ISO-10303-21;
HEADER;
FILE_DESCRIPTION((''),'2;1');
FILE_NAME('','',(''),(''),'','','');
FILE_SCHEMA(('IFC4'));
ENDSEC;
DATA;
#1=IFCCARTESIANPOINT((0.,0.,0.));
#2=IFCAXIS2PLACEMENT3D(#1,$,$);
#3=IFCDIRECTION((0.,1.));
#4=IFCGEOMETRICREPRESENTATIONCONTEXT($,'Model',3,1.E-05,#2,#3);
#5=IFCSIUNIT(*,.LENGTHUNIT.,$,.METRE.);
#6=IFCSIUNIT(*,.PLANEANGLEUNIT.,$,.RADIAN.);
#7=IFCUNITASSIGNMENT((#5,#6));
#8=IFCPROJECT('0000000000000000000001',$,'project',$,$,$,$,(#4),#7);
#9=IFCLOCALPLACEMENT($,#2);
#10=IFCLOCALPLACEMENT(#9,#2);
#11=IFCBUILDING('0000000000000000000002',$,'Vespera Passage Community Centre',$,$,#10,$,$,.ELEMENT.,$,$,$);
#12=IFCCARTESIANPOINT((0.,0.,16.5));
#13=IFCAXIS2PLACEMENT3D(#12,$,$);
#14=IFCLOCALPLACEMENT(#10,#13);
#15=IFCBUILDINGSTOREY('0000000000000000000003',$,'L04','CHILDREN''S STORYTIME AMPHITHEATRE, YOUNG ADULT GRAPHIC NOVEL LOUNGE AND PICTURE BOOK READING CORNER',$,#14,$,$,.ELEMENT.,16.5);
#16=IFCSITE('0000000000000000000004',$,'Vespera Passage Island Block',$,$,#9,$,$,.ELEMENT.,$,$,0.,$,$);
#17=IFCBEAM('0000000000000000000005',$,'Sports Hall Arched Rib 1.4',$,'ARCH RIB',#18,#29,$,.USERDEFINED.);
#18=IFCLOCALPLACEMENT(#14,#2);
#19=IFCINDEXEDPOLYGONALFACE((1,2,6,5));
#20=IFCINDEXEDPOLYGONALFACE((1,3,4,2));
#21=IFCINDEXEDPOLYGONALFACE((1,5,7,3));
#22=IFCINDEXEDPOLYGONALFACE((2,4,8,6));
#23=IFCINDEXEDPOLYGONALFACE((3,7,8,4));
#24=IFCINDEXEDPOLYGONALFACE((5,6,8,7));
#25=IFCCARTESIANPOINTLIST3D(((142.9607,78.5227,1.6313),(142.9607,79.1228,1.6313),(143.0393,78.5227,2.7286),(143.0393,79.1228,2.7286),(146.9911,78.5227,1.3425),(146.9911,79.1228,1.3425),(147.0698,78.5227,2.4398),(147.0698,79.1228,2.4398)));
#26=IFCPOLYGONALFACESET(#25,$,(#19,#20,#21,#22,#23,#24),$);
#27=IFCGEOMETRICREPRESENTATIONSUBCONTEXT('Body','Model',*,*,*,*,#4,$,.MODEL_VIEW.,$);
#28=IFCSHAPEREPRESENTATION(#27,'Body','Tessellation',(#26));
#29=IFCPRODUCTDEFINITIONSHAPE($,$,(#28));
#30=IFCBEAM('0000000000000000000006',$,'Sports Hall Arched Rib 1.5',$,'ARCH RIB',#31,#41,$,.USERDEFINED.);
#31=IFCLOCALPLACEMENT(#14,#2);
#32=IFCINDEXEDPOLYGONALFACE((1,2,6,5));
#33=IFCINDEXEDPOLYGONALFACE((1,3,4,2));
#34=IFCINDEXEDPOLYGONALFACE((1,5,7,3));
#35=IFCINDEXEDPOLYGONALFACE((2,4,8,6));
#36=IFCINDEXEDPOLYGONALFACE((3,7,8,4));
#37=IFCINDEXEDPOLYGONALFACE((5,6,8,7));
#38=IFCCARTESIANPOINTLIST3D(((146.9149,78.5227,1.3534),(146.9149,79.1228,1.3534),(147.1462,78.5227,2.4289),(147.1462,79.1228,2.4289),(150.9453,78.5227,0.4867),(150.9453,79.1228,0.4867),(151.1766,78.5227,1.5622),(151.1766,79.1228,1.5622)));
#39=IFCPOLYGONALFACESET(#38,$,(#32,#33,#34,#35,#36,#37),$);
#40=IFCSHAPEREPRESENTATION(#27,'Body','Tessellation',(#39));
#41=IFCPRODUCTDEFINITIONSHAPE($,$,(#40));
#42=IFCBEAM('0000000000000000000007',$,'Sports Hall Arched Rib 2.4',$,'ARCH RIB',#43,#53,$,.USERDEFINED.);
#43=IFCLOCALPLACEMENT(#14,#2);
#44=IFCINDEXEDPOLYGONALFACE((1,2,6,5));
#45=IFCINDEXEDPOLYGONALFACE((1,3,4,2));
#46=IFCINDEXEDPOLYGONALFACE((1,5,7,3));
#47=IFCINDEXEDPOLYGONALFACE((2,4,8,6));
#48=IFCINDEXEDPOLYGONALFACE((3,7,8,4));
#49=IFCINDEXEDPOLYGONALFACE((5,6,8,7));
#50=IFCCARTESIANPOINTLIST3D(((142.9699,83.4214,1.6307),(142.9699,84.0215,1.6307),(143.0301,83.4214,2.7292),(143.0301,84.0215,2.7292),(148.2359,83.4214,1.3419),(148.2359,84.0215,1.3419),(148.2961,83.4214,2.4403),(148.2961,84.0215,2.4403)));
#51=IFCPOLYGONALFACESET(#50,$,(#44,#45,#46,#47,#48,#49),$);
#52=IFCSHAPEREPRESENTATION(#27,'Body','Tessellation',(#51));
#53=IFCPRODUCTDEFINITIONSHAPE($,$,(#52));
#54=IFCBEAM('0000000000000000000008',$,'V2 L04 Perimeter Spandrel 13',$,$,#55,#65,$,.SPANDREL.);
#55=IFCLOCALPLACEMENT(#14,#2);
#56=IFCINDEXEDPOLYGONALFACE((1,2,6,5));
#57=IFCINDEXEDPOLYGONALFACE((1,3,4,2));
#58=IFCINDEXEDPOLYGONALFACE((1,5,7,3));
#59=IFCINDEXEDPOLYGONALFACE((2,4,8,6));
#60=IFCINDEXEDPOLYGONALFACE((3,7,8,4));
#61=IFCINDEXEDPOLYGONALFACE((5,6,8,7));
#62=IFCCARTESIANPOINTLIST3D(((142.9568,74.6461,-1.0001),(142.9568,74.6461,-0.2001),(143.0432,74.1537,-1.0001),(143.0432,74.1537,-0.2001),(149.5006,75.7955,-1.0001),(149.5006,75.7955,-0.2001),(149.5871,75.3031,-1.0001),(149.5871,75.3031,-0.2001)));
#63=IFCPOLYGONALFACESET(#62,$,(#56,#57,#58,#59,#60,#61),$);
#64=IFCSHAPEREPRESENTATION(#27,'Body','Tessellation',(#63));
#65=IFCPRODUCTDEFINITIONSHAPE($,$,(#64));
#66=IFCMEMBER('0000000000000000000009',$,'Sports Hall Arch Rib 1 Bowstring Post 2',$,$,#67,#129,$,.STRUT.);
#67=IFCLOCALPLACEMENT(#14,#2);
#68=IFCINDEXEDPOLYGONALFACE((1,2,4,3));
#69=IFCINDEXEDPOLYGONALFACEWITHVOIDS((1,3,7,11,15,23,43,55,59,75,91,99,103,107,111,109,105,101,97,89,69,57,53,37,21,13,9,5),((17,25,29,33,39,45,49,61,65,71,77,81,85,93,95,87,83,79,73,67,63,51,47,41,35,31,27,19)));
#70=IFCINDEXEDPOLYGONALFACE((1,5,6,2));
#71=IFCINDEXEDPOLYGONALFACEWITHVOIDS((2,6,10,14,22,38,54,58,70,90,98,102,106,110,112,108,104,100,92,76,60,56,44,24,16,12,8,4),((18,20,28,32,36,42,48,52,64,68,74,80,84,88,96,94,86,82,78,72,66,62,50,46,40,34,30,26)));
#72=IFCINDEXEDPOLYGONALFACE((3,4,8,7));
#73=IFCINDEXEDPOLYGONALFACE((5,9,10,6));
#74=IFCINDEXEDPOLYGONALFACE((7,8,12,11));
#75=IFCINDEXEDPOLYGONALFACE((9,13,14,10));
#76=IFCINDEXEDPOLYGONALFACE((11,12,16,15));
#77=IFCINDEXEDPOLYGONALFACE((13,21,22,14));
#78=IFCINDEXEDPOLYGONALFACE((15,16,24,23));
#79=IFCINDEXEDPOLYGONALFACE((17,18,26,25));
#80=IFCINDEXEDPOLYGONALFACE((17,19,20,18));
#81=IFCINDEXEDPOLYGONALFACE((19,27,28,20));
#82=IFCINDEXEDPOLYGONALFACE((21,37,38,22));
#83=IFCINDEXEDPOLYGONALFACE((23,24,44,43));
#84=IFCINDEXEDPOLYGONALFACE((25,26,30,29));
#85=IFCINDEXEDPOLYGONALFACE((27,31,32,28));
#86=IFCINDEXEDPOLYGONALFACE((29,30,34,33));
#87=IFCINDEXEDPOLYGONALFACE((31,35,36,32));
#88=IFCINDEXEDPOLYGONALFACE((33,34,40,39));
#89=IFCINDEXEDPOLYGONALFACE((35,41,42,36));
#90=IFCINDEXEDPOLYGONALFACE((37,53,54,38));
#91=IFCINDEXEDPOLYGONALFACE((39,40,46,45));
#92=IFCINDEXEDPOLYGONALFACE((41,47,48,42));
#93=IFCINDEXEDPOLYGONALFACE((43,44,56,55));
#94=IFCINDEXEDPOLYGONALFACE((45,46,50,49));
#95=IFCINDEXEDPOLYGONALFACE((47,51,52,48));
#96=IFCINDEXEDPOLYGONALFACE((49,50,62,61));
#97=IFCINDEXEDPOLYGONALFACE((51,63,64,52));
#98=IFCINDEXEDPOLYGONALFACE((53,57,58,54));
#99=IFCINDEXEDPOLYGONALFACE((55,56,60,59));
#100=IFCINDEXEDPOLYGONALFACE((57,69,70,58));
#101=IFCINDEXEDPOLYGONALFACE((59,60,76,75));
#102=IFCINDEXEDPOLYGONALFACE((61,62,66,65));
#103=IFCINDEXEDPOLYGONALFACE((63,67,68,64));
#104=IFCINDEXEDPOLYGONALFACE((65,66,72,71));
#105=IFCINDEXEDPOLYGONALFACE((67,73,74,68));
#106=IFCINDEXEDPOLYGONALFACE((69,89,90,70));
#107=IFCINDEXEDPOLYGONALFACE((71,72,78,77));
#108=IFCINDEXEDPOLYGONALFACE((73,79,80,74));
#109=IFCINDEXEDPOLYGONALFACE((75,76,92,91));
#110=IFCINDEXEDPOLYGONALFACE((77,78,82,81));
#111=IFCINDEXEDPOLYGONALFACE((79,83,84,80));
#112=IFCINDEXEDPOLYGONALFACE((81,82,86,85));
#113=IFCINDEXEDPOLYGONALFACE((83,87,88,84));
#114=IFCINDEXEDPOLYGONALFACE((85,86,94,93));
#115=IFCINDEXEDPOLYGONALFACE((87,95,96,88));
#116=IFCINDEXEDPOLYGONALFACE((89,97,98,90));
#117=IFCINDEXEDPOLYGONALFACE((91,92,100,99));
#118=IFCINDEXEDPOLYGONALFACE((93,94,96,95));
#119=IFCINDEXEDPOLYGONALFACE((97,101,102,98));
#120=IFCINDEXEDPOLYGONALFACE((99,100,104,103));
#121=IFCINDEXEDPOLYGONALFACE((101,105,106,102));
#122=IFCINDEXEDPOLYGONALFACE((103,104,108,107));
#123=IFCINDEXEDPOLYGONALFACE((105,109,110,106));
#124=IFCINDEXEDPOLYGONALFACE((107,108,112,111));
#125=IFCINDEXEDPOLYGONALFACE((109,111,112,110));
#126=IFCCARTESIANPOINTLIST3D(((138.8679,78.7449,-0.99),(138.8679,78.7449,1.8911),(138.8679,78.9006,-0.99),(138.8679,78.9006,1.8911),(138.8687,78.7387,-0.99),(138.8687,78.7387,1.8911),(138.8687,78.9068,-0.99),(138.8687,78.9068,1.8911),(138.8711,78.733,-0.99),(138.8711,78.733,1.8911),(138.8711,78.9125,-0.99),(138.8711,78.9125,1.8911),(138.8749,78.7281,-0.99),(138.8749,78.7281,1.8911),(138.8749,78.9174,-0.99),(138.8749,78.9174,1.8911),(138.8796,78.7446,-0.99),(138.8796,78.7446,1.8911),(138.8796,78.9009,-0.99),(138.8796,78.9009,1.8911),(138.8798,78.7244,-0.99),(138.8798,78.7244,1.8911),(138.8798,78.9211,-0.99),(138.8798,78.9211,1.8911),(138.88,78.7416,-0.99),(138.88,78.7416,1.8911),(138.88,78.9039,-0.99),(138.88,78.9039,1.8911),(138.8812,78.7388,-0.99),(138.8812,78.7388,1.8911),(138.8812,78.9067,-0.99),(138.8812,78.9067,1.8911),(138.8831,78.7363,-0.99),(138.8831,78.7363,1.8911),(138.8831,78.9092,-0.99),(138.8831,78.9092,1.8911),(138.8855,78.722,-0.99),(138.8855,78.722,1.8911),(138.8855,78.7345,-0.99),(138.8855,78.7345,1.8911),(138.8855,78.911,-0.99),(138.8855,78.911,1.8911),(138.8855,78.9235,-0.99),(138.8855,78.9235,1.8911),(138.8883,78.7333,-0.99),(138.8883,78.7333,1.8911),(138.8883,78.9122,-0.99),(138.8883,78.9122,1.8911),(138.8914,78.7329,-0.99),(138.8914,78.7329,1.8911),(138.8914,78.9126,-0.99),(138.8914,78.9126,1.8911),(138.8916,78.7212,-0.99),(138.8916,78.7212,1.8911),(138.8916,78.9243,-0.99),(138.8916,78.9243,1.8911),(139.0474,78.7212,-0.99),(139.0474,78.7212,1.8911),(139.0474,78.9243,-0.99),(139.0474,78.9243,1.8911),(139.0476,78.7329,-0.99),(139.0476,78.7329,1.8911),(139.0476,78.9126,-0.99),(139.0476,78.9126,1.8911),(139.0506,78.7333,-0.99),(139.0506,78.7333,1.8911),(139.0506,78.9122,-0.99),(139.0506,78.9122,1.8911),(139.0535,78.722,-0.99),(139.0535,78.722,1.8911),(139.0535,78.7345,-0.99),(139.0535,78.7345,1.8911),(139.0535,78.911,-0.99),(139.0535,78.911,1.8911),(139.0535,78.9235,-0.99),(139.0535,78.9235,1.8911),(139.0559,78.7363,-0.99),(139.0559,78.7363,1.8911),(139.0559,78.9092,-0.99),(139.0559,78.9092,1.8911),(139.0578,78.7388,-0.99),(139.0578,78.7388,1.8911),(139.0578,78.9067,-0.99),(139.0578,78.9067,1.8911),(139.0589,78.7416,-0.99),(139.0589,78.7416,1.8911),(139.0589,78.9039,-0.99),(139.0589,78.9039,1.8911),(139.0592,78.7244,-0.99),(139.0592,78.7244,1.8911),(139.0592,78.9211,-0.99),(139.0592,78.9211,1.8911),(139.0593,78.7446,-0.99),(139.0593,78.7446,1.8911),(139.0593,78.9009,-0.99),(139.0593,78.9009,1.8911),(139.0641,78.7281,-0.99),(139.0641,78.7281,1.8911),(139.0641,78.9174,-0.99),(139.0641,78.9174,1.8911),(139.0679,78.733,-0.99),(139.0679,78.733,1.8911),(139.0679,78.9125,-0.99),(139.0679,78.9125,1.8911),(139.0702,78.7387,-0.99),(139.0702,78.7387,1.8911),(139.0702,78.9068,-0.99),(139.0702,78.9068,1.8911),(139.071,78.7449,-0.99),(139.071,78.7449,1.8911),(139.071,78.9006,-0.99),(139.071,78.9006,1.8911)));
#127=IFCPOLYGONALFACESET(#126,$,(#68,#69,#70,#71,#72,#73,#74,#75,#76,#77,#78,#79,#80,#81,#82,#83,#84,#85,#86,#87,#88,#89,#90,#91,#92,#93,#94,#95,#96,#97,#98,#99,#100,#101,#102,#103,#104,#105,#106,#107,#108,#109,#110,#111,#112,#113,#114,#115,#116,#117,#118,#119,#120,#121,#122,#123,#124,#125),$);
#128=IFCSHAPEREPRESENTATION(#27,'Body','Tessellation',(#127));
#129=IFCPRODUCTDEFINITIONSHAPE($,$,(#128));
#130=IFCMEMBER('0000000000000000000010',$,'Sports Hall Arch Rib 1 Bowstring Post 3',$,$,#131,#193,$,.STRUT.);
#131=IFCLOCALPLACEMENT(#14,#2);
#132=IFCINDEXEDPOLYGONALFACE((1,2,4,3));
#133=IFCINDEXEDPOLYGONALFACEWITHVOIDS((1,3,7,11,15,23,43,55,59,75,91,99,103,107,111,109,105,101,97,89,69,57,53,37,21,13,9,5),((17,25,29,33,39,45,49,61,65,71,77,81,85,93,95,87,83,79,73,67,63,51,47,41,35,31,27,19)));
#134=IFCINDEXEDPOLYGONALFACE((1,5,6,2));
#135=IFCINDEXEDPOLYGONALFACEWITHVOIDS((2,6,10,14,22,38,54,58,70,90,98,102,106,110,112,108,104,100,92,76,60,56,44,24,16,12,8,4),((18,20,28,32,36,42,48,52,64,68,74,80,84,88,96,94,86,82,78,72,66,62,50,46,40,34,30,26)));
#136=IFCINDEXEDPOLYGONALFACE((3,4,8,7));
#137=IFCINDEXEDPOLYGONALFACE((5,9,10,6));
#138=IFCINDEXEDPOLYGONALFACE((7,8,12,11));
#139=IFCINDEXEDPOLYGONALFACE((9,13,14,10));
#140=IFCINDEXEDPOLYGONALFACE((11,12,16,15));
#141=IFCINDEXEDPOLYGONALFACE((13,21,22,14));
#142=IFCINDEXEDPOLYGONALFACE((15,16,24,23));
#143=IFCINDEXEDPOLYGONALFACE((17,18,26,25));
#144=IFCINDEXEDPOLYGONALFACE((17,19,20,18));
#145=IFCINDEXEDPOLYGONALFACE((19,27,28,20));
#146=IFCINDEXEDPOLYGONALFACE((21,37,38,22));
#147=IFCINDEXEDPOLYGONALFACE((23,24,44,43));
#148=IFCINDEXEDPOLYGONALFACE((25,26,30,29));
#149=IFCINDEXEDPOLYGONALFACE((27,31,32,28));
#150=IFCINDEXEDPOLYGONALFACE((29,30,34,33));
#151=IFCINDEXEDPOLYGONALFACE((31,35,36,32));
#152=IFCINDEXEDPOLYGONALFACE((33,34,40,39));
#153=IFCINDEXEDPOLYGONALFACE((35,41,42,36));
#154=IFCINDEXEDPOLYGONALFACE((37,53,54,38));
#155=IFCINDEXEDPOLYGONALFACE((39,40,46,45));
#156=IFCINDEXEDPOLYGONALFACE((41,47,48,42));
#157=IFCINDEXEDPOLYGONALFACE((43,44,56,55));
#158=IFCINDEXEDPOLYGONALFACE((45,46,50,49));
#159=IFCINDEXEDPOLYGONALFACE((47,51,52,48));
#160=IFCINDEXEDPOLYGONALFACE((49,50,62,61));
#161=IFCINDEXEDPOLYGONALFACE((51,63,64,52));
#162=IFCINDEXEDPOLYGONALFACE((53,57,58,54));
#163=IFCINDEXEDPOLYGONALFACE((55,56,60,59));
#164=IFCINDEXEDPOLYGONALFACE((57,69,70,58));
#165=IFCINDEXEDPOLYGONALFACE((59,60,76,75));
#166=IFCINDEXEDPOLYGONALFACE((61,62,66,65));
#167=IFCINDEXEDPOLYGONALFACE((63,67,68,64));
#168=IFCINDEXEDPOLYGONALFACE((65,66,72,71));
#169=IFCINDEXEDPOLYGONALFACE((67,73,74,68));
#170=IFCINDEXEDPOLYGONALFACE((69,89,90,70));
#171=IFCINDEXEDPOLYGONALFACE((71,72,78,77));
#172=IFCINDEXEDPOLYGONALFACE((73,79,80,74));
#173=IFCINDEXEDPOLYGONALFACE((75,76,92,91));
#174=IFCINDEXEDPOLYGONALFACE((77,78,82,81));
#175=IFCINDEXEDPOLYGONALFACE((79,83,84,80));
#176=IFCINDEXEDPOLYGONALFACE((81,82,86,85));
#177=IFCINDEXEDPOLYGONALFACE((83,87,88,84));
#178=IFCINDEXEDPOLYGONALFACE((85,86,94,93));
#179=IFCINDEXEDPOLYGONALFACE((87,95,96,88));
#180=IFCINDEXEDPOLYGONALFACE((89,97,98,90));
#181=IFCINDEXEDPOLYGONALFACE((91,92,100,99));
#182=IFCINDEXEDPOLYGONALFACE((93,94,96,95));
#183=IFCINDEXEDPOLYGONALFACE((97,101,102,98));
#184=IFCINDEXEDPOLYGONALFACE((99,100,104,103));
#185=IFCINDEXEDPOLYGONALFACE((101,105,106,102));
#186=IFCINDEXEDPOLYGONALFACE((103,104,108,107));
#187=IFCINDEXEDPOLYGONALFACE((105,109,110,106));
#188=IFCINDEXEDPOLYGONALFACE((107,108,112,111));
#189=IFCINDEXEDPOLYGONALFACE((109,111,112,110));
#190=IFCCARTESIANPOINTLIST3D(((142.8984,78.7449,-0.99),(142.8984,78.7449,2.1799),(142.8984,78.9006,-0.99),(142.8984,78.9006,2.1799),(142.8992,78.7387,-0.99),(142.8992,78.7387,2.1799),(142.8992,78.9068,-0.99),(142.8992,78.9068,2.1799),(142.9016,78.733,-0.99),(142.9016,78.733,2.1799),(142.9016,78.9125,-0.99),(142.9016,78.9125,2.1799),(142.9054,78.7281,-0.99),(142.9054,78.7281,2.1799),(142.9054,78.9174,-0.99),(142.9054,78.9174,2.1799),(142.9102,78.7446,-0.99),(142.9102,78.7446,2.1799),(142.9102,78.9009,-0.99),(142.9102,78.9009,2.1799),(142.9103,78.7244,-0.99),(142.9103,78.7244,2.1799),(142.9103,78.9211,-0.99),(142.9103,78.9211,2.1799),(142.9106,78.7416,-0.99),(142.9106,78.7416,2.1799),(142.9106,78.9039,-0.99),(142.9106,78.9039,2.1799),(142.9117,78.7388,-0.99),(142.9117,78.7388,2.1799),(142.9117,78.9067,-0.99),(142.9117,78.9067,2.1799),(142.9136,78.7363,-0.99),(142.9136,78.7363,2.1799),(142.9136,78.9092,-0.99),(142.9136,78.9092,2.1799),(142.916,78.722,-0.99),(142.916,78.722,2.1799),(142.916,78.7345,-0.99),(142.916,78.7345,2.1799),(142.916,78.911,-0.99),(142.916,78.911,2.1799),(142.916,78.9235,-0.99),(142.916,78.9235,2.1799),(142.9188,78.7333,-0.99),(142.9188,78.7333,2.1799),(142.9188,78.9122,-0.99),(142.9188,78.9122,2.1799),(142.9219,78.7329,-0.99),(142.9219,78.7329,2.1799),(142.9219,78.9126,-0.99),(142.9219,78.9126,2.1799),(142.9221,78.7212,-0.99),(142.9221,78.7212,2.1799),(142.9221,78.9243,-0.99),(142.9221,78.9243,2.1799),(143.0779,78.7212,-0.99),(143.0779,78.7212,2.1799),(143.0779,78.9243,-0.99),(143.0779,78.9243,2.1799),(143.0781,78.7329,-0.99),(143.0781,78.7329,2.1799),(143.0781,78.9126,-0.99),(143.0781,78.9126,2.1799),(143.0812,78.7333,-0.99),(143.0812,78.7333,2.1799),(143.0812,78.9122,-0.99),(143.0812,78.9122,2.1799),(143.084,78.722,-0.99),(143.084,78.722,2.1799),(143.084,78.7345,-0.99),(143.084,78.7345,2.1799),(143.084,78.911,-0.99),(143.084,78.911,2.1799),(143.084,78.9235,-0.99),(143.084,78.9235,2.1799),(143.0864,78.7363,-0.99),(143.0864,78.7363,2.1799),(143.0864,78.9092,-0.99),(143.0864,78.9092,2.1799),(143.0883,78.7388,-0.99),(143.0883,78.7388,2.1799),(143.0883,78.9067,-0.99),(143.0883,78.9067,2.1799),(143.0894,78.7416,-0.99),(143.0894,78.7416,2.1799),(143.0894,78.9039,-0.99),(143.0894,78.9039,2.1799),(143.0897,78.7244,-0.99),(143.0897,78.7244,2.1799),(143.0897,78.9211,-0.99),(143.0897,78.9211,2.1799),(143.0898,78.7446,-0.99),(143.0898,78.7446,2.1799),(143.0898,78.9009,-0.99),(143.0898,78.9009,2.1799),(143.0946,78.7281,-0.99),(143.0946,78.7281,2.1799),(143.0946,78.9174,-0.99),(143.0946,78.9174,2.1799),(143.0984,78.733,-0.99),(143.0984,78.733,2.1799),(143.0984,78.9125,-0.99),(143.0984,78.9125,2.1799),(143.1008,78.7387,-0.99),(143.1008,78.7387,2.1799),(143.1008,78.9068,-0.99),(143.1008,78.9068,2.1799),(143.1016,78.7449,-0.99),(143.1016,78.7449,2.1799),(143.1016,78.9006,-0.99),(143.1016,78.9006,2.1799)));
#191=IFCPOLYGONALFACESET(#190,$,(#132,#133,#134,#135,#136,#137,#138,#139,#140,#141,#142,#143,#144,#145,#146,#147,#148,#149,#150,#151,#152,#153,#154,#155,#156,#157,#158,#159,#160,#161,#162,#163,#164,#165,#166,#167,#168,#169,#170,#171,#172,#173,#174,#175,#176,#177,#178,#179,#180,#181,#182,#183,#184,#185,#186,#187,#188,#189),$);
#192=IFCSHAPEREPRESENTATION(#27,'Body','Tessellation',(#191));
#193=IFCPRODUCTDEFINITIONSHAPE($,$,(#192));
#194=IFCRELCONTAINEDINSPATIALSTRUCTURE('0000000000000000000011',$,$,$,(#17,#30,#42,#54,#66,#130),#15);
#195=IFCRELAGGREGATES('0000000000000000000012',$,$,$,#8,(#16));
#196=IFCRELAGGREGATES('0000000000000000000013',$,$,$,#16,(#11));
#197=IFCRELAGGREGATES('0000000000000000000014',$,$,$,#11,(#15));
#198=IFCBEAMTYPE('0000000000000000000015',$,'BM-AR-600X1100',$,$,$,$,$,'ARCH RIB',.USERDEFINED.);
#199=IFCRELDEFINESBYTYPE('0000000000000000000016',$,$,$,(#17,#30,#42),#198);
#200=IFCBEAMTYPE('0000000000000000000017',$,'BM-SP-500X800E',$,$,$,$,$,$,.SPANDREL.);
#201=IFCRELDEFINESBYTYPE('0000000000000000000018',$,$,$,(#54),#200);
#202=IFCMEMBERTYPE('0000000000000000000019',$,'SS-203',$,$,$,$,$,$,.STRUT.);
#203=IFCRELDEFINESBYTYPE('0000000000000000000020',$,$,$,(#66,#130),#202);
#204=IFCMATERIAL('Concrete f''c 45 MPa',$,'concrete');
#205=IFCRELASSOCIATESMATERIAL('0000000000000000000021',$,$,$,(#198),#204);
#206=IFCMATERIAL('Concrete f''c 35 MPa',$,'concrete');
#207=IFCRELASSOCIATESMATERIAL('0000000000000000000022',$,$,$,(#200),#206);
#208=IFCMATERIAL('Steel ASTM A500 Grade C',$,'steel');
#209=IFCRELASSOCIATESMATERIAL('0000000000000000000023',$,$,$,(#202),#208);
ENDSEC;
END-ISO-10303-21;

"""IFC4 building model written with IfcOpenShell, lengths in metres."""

from ifc_helpers import new_model, si_unit, direction, frame, origin, origin_2d, place, context, subcontext, project, spatial, rectangle, hollow_rectangle, extrude, material, material_profile, profile_set, type_object, element, save


model = new_model("IFC4")

# Units and contexts
model_context = context("Model", 3, precision=1e-05, world=origin(), true_north=direction((0.0, 1.0)))
body_context = subcontext(model_context, "Body", "Model", "MODEL_VIEW")
ifc_project = project(units=[si_unit("LENGTHUNIT", "METRE"), si_unit("PLANEANGLEUNIT", "RADIAN")], contexts=[model_context])

# Site, building, storey
site_placement = place(None, origin())
site = spatial("IfcSite", under=ifc_project, at=site_placement, Name="Vespera Passage Island Block", CompositionType="ELEMENT", RefElevation=0.0)
building_placement = place(site_placement, origin())
building = spatial("IfcBuilding", under=site, at=building_placement, Name="Vespera Passage Community Centre", CompositionType="ELEMENT")
storey_placement = place(building_placement, frame((0.0, 0.0, 16.5)))
storey = spatial("IfcBuildingStorey", under=building, at=storey_placement, Name="L04", Description="CHILDREN'S STORYTIME AMPHITHEATRE, YOUNG ADULT GRAPHIC NOVEL LOUNGE AND PICTURE BOOK READING CORNER", CompositionType="ELEMENT", Elevation=16.5)

# Beams
ifc_material_1 = material(Name="Concrete f'c 45 MPa", Category="concrete")
ifc_material_profile_1 = material_profile(ifc_material_1, rectangle(XDim=0.6001, YDim=1.1001, at=origin_2d()), Name="RC600X1100")
ifc_profile_set_1 = profile_set([ifc_material_profile_1], Name="Concrete f'c 45 MPa")
beam_type_1 = type_object("IfcBeamType", Name="BM-AR-600X1100", ElementType="ARCH RIB", PredefinedType="USERDEFINED", material=ifc_profile_set_1)
beam_1_placement = place(storey_placement, frame((143.0, 78.8228, 2.1799), z_axis=(0.997442, 0.0, -0.071475), x_axis=(0.0, 1.0, 0.0)))
element("IfcBeam", 1, at=beam_1_placement, inside=storey, type_object=beam_type_1, Name="Sports Hall Arched Rib 1.4", ObjectType="ARCH RIB", PredefinedType="USERDEFINED", context=body_context, shape_type="SweptSolid", body=[
    extrude(rectangle(XDim=0.6001, YDim=1.1001, at=origin_2d()), origin(), (0.0, 0.0, 1.0), 4.0408),
])
beam_2_placement = place(storey_placement, frame((147.0305, 78.8228, 1.8911), z_axis=(0.977652, 0.0, -0.210229), x_axis=(0.0, 1.0, 0.0)))
element("IfcBeam", 2, at=beam_2_placement, inside=storey, type_object=beam_type_1, Name="Sports Hall Arched Rib 1.5", ObjectType="ARCH RIB", PredefinedType="USERDEFINED", context=body_context, shape_type="SweptSolid", body=[
    extrude(rectangle(XDim=0.6001, YDim=1.1001, at=origin_2d()), origin(), (0.0, 0.0, 1.0), 4.1226),
])
beam_3_placement = place(storey_placement, frame((143.0, 83.7214, 2.1799), z_axis=(0.998499, 0.0, -0.054762), x_axis=(0.0, 1.0, 0.0)))
element("IfcBeam", 3, at=beam_3_placement, inside=storey, type_object=beam_type_1, Name="Sports Hall Arched Rib 2.4", ObjectType="ARCH RIB", PredefinedType="USERDEFINED", context=body_context, shape_type="SweptSolid", body=[
    extrude(rectangle(XDim=0.6001, YDim=1.1001, at=origin_2d()), origin(), (0.0, 0.0, 1.0), 5.2739),
])
ifc_material_2 = material(Name="Concrete f'c 35 MPa", Category="concrete")
ifc_material_profile_2 = material_profile(ifc_material_2, rectangle(XDim=0.5, YDim=0.8, at=origin_2d()), Name="RC500X800")
ifc_profile_set_2 = profile_set([ifc_material_profile_2], Name="Concrete f'c 35 MPa")
beam_type_2 = type_object("IfcBeamType", Name="BM-SP-500X800E", PredefinedType="SPANDREL", material=ifc_profile_set_2)
beam_4_placement = place(storey_placement, frame((143.0, 74.3999, -0.6001), z_axis=(0.984922, 0.172997, 0.0), x_axis=(-0.172997, 0.984922, 0.0)))
element("IfcBeam", 4, at=beam_4_placement, inside=storey, type_object=beam_type_2, Name="V2 L04 Perimeter Spandrel 13", PredefinedType="SPANDREL", context=body_context, shape_type="SweptSolid", body=[
    extrude(rectangle(XDim=0.5, YDim=0.8, at=origin_2d()), origin(), (0.0, 0.0, 1.0), 6.644),
])

# Members
ifc_material_3 = material(Name="Steel ASTM A500 Grade C", Category="steel")
ifc_material_profile_3 = material_profile(ifc_material_3, hollow_rectangle(XDim=0.2031, YDim=0.2031, WallThickness=0.0117, InnerFilletRadius=0.0117, OuterFilletRadius=0.0237, at=origin_2d()), Name="HSS203X203X12.7")
ifc_profile_set_3 = profile_set([ifc_material_profile_3], Name="Steel ASTM A500 Grade C")
member_type = type_object("IfcMemberType", Name="SS-203", PredefinedType="STRUT", material=ifc_profile_set_3)
member_1_placement = place(storey_placement, frame((138.9695, 78.8228, -0.99), z_axis=(0.0, 0.0, 1.0), x_axis=(1.0, 0.0, 0.0)))
element("IfcMember", 5, at=member_1_placement, inside=storey, type_object=member_type, Name="Sports Hall Arch Rib 1 Bowstring Post 2", PredefinedType="STRUT", context=body_context, shape_type="SweptSolid", body=[
    extrude(hollow_rectangle(XDim=0.2031, YDim=0.2031, WallThickness=0.0117, InnerFilletRadius=0.0117, OuterFilletRadius=0.0237, at=origin_2d()), origin(), (0.0, 0.0, 1.0), 2.8811),
])
member_2_placement = place(storey_placement, frame((143.0, 78.8228, -0.99), z_axis=(0.0, 0.0, 1.0), x_axis=(1.0, 0.0, 0.0)))
element("IfcMember", 6, at=member_2_placement, inside=storey, type_object=member_type, Name="Sports Hall Arch Rib 1 Bowstring Post 3", PredefinedType="STRUT", context=body_context, shape_type="SweptSolid", body=[
    extrude(hollow_rectangle(XDim=0.2031, YDim=0.2031, WallThickness=0.0117, InnerFilletRadius=0.0117, OuterFilletRadius=0.0237, at=origin_2d()), origin(), (0.0, 0.0, 1.0), 3.1699),
])

save(model, "model.ifc")
